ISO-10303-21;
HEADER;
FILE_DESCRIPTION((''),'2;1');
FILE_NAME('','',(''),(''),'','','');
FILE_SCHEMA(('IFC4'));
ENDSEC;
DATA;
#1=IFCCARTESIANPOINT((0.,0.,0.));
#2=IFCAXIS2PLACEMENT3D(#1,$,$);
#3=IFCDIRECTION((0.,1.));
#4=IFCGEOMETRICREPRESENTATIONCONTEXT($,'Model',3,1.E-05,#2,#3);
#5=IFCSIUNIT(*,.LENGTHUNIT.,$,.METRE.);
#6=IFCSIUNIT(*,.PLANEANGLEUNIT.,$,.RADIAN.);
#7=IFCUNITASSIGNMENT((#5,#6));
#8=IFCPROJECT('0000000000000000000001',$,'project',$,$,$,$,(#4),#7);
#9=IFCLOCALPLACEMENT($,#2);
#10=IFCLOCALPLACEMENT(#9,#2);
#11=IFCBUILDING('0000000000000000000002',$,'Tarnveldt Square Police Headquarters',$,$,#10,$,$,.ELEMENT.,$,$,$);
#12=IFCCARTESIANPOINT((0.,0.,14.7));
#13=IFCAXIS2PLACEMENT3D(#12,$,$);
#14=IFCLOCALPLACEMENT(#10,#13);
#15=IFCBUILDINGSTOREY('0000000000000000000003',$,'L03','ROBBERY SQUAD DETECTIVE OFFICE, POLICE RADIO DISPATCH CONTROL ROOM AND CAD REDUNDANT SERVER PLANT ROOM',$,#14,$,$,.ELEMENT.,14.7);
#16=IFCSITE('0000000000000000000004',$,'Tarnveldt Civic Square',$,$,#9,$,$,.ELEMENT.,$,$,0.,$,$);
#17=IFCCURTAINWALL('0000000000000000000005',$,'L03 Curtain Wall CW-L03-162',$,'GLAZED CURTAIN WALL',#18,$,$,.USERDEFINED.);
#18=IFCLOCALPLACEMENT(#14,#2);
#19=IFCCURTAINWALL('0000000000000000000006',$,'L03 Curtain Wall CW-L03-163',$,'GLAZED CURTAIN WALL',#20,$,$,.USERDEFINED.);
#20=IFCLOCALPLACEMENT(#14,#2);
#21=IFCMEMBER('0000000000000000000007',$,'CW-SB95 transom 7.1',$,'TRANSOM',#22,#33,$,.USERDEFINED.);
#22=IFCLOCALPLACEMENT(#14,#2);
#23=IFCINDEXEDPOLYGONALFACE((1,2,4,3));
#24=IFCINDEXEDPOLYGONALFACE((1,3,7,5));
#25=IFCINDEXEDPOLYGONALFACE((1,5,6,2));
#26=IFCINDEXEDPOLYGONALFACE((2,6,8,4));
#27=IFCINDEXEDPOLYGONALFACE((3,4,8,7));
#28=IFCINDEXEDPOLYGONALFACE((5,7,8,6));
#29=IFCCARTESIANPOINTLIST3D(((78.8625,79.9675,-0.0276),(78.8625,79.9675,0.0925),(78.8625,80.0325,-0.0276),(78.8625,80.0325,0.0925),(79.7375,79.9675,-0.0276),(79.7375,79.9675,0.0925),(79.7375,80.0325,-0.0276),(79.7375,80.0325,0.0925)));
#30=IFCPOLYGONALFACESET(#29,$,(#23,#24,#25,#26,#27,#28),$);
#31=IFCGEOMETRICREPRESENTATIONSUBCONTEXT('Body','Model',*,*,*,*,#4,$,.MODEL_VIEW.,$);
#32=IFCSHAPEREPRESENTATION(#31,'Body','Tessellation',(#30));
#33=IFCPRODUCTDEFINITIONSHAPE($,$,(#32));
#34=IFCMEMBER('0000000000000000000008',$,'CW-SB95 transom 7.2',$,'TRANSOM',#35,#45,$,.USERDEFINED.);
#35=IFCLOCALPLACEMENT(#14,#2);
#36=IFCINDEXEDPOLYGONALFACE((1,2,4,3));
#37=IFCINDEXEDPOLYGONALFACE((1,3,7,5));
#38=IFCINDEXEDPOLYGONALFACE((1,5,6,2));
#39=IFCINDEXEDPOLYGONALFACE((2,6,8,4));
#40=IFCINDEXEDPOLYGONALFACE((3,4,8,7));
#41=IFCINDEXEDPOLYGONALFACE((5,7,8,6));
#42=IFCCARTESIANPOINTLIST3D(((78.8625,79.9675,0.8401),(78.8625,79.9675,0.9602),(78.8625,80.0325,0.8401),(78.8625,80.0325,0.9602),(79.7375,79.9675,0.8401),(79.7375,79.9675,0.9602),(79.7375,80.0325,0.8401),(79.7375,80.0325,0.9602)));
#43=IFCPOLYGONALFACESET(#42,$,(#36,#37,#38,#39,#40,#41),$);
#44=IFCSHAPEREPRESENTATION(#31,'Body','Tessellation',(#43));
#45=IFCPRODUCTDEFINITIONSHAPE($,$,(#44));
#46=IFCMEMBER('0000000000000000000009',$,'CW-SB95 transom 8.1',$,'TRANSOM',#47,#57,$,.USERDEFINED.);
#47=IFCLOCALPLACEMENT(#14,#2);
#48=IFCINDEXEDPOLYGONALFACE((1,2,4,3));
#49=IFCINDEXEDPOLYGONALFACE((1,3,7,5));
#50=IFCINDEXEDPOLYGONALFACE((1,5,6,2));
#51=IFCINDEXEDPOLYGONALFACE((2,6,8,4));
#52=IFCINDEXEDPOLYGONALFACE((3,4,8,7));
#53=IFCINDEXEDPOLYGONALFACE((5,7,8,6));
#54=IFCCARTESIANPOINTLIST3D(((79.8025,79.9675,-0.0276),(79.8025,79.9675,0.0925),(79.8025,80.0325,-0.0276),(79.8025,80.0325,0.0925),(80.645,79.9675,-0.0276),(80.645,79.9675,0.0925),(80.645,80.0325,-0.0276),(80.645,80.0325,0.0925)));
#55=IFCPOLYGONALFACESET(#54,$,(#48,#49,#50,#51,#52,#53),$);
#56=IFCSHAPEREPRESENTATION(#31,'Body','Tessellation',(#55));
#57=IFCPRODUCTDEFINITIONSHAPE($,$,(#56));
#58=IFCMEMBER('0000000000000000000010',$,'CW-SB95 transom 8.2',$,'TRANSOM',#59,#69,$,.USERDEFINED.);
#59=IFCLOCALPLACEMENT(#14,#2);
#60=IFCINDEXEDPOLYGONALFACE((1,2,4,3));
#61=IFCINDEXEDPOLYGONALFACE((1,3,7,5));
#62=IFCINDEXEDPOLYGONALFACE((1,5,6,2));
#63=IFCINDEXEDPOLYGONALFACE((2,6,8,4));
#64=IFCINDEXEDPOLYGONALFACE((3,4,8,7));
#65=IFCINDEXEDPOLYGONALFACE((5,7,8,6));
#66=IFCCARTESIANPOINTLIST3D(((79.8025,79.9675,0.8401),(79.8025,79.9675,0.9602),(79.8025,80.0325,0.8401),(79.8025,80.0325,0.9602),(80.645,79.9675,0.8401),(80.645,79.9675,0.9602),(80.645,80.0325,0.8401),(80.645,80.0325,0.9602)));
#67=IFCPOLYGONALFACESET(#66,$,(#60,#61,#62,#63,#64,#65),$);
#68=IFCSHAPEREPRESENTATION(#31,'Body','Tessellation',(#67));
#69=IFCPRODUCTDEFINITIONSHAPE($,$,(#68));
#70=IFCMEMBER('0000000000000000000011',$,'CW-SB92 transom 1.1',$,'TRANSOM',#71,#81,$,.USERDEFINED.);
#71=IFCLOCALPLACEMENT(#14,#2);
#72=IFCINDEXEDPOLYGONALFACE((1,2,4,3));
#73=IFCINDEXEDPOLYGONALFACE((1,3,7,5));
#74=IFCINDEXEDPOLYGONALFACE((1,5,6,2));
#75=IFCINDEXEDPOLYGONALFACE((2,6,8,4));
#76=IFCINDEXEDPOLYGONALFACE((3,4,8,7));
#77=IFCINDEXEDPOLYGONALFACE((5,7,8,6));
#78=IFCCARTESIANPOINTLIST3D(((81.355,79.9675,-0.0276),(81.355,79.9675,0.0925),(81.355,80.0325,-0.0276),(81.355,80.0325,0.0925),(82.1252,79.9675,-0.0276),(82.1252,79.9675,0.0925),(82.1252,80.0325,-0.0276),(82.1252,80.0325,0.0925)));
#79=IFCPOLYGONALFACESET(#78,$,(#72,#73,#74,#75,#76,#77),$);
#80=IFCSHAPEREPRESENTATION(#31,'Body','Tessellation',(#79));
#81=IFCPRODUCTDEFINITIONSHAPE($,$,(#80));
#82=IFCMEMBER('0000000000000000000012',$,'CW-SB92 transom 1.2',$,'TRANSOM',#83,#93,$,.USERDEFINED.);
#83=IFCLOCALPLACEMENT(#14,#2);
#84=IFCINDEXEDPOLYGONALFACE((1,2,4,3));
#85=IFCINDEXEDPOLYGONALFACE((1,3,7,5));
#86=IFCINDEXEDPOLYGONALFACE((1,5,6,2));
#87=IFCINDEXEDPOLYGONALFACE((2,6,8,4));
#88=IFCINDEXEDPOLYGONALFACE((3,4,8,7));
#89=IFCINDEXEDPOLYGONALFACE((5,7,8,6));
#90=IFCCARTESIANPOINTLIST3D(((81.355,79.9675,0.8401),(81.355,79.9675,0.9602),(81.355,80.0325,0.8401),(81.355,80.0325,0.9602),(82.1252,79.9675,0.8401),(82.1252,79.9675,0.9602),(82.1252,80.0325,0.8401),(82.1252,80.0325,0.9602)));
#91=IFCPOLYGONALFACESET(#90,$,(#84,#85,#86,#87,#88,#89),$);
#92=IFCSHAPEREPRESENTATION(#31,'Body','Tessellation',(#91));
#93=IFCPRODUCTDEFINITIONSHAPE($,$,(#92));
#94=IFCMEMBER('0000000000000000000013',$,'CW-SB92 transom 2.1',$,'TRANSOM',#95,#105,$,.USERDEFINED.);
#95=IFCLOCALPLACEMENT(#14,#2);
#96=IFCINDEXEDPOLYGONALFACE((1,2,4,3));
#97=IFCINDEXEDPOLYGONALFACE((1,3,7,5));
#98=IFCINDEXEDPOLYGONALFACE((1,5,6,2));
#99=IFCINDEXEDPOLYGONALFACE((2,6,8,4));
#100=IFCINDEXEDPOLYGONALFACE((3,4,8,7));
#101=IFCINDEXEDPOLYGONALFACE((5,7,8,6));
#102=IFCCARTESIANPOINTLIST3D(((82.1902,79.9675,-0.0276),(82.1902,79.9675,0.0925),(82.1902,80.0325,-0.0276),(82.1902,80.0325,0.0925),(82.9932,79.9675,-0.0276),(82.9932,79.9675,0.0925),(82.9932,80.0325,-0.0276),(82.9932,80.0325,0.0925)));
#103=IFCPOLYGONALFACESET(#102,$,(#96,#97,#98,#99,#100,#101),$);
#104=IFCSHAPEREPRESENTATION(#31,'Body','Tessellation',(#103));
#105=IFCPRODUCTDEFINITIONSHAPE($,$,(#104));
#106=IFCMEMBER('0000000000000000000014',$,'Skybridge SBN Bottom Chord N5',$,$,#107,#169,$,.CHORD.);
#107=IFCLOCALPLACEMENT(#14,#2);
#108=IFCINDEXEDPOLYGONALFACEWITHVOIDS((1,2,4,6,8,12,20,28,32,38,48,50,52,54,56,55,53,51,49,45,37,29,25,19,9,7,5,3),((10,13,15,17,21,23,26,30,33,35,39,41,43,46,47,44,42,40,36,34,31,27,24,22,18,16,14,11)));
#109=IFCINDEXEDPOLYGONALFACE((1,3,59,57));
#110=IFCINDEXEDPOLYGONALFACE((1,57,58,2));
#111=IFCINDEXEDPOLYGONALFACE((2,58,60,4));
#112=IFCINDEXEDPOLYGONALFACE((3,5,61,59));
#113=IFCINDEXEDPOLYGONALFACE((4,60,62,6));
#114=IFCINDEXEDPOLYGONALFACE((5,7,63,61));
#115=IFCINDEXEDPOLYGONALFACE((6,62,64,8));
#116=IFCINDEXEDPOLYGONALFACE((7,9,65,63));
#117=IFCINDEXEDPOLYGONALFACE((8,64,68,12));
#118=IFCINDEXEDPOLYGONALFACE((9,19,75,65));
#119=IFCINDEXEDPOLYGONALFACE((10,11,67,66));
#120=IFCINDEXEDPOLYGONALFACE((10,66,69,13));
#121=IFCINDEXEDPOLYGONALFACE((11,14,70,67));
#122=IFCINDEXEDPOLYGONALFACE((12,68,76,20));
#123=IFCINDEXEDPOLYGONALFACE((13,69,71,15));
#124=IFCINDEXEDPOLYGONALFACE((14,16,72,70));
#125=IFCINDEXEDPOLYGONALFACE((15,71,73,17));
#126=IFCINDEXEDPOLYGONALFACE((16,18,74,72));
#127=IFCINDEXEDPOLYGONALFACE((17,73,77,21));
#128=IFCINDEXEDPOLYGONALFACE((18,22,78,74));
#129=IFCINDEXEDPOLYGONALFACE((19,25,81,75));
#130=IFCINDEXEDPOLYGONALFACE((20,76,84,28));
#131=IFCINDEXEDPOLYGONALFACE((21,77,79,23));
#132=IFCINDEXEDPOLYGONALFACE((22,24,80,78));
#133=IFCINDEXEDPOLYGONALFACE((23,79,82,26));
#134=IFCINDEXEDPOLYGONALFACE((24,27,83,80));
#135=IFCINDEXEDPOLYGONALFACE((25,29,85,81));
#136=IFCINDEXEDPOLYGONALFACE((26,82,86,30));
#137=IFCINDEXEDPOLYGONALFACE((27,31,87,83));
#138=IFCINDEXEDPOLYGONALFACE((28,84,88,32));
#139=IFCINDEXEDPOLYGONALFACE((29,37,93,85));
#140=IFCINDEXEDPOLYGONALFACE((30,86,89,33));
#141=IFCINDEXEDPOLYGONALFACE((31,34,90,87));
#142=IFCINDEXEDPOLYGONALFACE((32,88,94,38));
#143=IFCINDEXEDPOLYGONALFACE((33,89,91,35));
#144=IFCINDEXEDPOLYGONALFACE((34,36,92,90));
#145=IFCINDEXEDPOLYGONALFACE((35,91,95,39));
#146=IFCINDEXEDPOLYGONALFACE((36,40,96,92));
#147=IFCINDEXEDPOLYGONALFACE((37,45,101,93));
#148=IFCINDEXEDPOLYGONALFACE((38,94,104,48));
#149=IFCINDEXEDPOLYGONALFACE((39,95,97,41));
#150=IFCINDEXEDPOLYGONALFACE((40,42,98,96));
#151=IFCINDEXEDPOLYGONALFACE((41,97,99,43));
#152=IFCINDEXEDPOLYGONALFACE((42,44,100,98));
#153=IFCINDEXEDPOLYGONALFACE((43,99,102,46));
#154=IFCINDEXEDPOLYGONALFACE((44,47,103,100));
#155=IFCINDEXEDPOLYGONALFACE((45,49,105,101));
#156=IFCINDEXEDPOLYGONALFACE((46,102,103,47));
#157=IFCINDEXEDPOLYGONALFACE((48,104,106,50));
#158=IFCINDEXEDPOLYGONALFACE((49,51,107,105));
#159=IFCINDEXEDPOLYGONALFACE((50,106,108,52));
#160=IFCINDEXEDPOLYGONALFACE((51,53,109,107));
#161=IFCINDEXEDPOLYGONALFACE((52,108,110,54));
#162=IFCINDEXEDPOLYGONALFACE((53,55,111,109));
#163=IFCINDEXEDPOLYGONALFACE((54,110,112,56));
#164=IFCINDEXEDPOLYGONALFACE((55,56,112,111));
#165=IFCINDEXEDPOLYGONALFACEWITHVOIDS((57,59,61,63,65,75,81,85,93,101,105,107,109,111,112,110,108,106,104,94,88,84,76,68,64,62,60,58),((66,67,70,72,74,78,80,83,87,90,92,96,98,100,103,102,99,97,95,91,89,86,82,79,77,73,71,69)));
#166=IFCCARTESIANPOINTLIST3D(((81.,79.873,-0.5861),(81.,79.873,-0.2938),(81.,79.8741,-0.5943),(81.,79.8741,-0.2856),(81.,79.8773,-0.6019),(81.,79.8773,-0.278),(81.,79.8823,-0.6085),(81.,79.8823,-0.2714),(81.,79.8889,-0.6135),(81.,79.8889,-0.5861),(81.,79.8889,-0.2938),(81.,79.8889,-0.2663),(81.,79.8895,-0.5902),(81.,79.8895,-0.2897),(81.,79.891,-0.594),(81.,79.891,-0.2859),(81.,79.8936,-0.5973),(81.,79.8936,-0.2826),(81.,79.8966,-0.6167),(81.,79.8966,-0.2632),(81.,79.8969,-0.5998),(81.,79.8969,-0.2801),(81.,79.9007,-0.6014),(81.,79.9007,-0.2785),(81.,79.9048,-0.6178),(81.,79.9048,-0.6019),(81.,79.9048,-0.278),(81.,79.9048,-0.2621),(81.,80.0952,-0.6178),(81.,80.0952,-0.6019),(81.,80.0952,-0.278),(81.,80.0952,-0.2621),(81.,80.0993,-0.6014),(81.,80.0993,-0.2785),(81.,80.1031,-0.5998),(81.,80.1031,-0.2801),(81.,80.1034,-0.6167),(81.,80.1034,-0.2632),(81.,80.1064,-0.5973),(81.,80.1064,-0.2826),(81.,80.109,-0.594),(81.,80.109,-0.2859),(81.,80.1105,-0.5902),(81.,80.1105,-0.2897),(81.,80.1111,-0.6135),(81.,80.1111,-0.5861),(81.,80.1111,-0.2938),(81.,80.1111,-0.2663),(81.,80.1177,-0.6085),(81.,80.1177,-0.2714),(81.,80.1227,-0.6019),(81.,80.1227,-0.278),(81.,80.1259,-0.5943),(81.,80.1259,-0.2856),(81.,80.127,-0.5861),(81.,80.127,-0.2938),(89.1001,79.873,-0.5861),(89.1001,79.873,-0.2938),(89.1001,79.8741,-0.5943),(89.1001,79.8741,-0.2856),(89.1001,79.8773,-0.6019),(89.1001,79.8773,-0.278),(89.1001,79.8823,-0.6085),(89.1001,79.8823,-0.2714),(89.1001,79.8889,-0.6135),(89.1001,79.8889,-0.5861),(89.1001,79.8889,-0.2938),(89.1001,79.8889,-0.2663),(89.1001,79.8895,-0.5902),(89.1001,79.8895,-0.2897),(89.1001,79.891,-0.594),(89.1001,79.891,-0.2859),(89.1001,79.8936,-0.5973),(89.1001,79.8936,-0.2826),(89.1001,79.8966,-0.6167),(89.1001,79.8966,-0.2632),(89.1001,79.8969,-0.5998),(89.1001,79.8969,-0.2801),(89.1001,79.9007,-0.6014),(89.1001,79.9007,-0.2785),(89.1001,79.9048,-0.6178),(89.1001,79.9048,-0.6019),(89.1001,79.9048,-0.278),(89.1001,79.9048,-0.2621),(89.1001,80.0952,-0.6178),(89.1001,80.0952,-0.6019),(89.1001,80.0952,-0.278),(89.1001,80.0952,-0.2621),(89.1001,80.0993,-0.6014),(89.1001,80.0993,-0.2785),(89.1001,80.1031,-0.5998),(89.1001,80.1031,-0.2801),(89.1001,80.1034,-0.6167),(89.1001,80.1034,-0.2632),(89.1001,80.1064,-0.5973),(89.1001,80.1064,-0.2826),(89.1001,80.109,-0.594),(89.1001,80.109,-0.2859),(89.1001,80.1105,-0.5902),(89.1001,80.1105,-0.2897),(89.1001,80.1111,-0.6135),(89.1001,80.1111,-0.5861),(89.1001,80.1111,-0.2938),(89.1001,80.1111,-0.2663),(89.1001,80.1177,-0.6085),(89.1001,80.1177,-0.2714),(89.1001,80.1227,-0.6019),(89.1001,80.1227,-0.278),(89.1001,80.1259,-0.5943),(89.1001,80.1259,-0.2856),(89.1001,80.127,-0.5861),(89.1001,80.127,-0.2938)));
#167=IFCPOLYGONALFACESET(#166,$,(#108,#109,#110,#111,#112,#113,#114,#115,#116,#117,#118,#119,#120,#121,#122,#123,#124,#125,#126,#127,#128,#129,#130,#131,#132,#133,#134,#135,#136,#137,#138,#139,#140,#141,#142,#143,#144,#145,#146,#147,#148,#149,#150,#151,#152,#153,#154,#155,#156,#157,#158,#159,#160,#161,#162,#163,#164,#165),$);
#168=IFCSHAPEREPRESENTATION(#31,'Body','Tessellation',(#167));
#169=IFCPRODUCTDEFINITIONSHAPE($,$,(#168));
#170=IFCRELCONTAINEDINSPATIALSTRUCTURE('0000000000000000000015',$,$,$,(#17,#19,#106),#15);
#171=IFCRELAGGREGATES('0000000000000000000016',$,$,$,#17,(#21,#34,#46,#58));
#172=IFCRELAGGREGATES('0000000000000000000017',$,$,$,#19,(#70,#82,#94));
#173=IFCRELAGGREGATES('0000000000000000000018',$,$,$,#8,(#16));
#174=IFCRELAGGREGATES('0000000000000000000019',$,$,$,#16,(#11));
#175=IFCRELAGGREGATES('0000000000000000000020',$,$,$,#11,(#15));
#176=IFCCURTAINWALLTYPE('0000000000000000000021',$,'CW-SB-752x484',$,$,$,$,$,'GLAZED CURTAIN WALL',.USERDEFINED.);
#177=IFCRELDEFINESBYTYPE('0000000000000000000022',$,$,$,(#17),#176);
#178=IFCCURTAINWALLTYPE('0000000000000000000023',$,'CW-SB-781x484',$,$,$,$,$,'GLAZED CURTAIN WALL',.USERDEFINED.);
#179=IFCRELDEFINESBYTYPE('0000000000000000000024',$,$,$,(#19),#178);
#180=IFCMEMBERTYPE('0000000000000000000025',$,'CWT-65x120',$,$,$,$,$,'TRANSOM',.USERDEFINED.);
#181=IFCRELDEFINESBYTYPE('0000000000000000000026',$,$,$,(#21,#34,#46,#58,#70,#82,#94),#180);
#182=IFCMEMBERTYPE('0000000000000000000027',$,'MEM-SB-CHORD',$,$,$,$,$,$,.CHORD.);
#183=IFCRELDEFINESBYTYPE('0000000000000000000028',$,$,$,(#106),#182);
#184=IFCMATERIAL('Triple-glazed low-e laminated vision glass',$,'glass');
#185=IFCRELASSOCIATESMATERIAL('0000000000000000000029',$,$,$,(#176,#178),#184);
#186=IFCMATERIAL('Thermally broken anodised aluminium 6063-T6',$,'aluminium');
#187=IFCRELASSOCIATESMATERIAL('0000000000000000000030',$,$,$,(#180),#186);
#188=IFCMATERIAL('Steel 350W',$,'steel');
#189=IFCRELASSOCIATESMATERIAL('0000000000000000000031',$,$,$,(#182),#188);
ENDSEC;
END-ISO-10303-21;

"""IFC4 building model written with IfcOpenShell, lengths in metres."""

from ifc_helpers import new_model, si_unit, direction, frame, origin, origin_2d, place, context, subcontext, project, spatial, rectangle, hollow_rectangle, extrude, material, material_profile, profile_set, type_object, element, aggregate, save


model = new_model("IFC4")

# Units and contexts
model_context = context("Model", 3, precision=1e-05, world=origin(), true_north=direction((0.0, 1.0)))
body_context = subcontext(model_context, "Body", "Model", "MODEL_VIEW")
ifc_project = project(units=[si_unit("LENGTHUNIT", "METRE"), si_unit("PLANEANGLEUNIT", "RADIAN")], contexts=[model_context])

# Site, building, storey
site_placement = place(None, origin())
site = spatial("IfcSite", under=ifc_project, at=site_placement, Name="Tarnveldt Civic Square", CompositionType="ELEMENT", RefElevation=0.0)
building_placement = place(site_placement, origin())
building = spatial("IfcBuilding", under=site, at=building_placement, Name="Tarnveldt Square Police Headquarters", CompositionType="ELEMENT")
storey_placement = place(building_placement, frame((0.0, 0.0, 14.7)))
storey = spatial("IfcBuildingStorey", under=building, at=storey_placement, Name="L03", Description="ROBBERY SQUAD DETECTIVE OFFICE, POLICE RADIO DISPATCH CONTROL ROOM AND CAD REDUNDANT SERVER PLANT ROOM", CompositionType="ELEMENT", Elevation=14.7)

# Curtain walls
ifc_material_1 = material(Name="Triple-glazed low-e laminated vision glass", Category="glass")
curtain_wall_type_1 = type_object("IfcCurtainWallType", Name="CW-SB-752x484", ElementType="GLAZED CURTAIN WALL", PredefinedType="USERDEFINED", material=ifc_material_1)
curtain_wall_1_placement = place(storey_placement, origin())
curtain_wall_1 = element("IfcCurtainWall", 1, at=curtain_wall_1_placement, inside=storey, type_object=curtain_wall_type_1, Name="L03 Curtain Wall CW-L03-162", ObjectType="GLAZED CURTAIN WALL", PredefinedType="USERDEFINED")
ifc_material_2 = material(Name="Thermally broken anodised aluminium 6063-T6", Category="aluminium")
curtain_wall_type_2 = type_object("IfcCurtainWallType", Name="CW-SB-781x484", ElementType="GLAZED CURTAIN WALL", PredefinedType="USERDEFINED", material=ifc_material_1)
curtain_wall_2_placement = place(storey_placement, origin())
curtain_wall_2 = element("IfcCurtainWall", 2, at=curtain_wall_2_placement, inside=storey, type_object=curtain_wall_type_2, Name="L03 Curtain Wall CW-L03-163", ObjectType="GLAZED CURTAIN WALL", PredefinedType="USERDEFINED")

# Members
ifc_material_profile_1 = material_profile(ifc_material_2, rectangle(XDim=0.0649, YDim=0.1201, at=origin_2d()), Name="CW-T65x120")
ifc_profile_set_1 = profile_set([ifc_material_profile_1], Name="Thermally broken anodised aluminium 6063-T6")
member_type_1 = type_object("IfcMemberType", Name="CWT-65x120", ElementType="TRANSOM", PredefinedType="USERDEFINED", material=ifc_profile_set_1)
member_1_placement = place(storey_placement, frame((78.8625, 80.0, 0.0325), z_axis=(1.0, 0.0, 0.0), x_axis=(0.0, 1.0, 0.0)))
member_1 = element("IfcMember", 3, at=member_1_placement, type_object=member_type_1, Name="CW-SB95 transom 7.1", ObjectType="TRANSOM", PredefinedType="USERDEFINED", context=body_context, shape_type="SweptSolid", body=[
    extrude(rectangle(XDim=0.0649, YDim=0.1201, at=origin_2d()), origin(), (0.0, 0.0, 1.0), 0.875),
])
member_2_placement = place(storey_placement, frame((78.8625, 80.0, 0.9001), z_axis=(1.0, 0.0, 0.0), x_axis=(0.0, 1.0, 0.0)))
member_2 = element("IfcMember", 4, at=member_2_placement, type_object=member_type_1, Name="CW-SB95 transom 7.2", ObjectType="TRANSOM", PredefinedType="USERDEFINED", context=body_context, shape_type="SweptSolid", body=[
    extrude(rectangle(XDim=0.0649, YDim=0.1201, at=origin_2d()), origin(), (0.0, 0.0, 1.0), 0.875),
])
member_3_placement = place(storey_placement, frame((79.8025, 80.0, 0.0325), z_axis=(1.0, 0.0, 0.0), x_axis=(0.0, 1.0, 0.0)))
member_3 = element("IfcMember", 5, at=member_3_placement, type_object=member_type_1, Name="CW-SB95 transom 8.1", ObjectType="TRANSOM", PredefinedType="USERDEFINED", context=body_context, shape_type="SweptSolid", body=[
    extrude(rectangle(XDim=0.0649, YDim=0.1201, at=origin_2d()), origin(), (0.0, 0.0, 1.0), 0.8425),
])
member_4_placement = place(storey_placement, frame((79.8025, 80.0, 0.9001), z_axis=(1.0, 0.0, 0.0), x_axis=(0.0, 1.0, 0.0)))
member_4 = element("IfcMember", 6, at=member_4_placement, type_object=member_type_1, Name="CW-SB95 transom 8.2", ObjectType="TRANSOM", PredefinedType="USERDEFINED", context=body_context, shape_type="SweptSolid", body=[
    extrude(rectangle(XDim=0.0649, YDim=0.1201, at=origin_2d()), origin(), (0.0, 0.0, 1.0), 0.8425),
])
member_5_placement = place(storey_placement, frame((81.355, 80.0, 0.0325), z_axis=(1.0, 0.0, 0.0), x_axis=(0.0, 1.0, 0.0)))
member_5 = element("IfcMember", 7, at=member_5_placement, type_object=member_type_1, Name="CW-SB92 transom 1.1", ObjectType="TRANSOM", PredefinedType="USERDEFINED", context=body_context, shape_type="SweptSolid", body=[
    extrude(rectangle(XDim=0.0649, YDim=0.1201, at=origin_2d()), origin(), (0.0, 0.0, 1.0), 0.7703),
])
member_6_placement = place(storey_placement, frame((81.355, 80.0, 0.9001), z_axis=(1.0, 0.0, 0.0), x_axis=(0.0, 1.0, 0.0)))
member_6 = element("IfcMember", 8, at=member_6_placement, type_object=member_type_1, Name="CW-SB92 transom 1.2", ObjectType="TRANSOM", PredefinedType="USERDEFINED", context=body_context, shape_type="SweptSolid", body=[
    extrude(rectangle(XDim=0.0649, YDim=0.1201, at=origin_2d()), origin(), (0.0, 0.0, 1.0), 0.7703),
])
member_7_placement = place(storey_placement, frame((82.1902, 80.0, 0.0325), z_axis=(1.0, 0.0, 0.0), x_axis=(0.0, 1.0, 0.0)))
member_7 = element("IfcMember", 9, at=member_7_placement, type_object=member_type_1, Name="CW-SB92 transom 2.1", ObjectType="TRANSOM", PredefinedType="USERDEFINED", context=body_context, shape_type="SweptSolid", body=[
    extrude(rectangle(XDim=0.0649, YDim=0.1201, at=origin_2d()), origin(), (0.0, 0.0, 1.0), 0.803),
])

# Member
ifc_material_3 = material(Name="Steel 350W", Category="steel")
ifc_material_profile_2 = material_profile(ifc_material_3, hollow_rectangle(XDim=0.2539, YDim=0.3557, WallThickness=0.0159, InnerFilletRadius=0.0159, OuterFilletRadius=0.0317, at=origin_2d()), Name="HSS356x254x16")
ifc_profile_set_2 = profile_set([ifc_material_profile_2], Name="Steel 350W")
member_type_2 = type_object("IfcMemberType", Name="MEM-SB-CHORD", PredefinedType="CHORD", material=ifc_profile_set_2)
member_8_placement = place(storey_placement, frame((81.0, 80.0, -0.4399), z_axis=(1.0, 0.0, 0.0), x_axis=(0.0, 1.0, 0.0)))
element("IfcMember", 10, at=member_8_placement, inside=storey, type_object=member_type_2, Name="Skybridge SBN Bottom Chord N5", PredefinedType="CHORD", context=body_context, shape_type="SweptSolid", body=[
    extrude(hollow_rectangle(XDim=0.2539, YDim=0.3557, WallThickness=0.0159, InnerFilletRadius=0.0159, OuterFilletRadius=0.0317, at=origin_2d()), origin(), (0.0, 0.0, 1.0), 8.1001),
])

aggregate(curtain_wall_1, [member_1, member_2, member_3, member_4])
aggregate(curtain_wall_2, [member_5, member_6, member_7])

save(model, "model.ifc")
